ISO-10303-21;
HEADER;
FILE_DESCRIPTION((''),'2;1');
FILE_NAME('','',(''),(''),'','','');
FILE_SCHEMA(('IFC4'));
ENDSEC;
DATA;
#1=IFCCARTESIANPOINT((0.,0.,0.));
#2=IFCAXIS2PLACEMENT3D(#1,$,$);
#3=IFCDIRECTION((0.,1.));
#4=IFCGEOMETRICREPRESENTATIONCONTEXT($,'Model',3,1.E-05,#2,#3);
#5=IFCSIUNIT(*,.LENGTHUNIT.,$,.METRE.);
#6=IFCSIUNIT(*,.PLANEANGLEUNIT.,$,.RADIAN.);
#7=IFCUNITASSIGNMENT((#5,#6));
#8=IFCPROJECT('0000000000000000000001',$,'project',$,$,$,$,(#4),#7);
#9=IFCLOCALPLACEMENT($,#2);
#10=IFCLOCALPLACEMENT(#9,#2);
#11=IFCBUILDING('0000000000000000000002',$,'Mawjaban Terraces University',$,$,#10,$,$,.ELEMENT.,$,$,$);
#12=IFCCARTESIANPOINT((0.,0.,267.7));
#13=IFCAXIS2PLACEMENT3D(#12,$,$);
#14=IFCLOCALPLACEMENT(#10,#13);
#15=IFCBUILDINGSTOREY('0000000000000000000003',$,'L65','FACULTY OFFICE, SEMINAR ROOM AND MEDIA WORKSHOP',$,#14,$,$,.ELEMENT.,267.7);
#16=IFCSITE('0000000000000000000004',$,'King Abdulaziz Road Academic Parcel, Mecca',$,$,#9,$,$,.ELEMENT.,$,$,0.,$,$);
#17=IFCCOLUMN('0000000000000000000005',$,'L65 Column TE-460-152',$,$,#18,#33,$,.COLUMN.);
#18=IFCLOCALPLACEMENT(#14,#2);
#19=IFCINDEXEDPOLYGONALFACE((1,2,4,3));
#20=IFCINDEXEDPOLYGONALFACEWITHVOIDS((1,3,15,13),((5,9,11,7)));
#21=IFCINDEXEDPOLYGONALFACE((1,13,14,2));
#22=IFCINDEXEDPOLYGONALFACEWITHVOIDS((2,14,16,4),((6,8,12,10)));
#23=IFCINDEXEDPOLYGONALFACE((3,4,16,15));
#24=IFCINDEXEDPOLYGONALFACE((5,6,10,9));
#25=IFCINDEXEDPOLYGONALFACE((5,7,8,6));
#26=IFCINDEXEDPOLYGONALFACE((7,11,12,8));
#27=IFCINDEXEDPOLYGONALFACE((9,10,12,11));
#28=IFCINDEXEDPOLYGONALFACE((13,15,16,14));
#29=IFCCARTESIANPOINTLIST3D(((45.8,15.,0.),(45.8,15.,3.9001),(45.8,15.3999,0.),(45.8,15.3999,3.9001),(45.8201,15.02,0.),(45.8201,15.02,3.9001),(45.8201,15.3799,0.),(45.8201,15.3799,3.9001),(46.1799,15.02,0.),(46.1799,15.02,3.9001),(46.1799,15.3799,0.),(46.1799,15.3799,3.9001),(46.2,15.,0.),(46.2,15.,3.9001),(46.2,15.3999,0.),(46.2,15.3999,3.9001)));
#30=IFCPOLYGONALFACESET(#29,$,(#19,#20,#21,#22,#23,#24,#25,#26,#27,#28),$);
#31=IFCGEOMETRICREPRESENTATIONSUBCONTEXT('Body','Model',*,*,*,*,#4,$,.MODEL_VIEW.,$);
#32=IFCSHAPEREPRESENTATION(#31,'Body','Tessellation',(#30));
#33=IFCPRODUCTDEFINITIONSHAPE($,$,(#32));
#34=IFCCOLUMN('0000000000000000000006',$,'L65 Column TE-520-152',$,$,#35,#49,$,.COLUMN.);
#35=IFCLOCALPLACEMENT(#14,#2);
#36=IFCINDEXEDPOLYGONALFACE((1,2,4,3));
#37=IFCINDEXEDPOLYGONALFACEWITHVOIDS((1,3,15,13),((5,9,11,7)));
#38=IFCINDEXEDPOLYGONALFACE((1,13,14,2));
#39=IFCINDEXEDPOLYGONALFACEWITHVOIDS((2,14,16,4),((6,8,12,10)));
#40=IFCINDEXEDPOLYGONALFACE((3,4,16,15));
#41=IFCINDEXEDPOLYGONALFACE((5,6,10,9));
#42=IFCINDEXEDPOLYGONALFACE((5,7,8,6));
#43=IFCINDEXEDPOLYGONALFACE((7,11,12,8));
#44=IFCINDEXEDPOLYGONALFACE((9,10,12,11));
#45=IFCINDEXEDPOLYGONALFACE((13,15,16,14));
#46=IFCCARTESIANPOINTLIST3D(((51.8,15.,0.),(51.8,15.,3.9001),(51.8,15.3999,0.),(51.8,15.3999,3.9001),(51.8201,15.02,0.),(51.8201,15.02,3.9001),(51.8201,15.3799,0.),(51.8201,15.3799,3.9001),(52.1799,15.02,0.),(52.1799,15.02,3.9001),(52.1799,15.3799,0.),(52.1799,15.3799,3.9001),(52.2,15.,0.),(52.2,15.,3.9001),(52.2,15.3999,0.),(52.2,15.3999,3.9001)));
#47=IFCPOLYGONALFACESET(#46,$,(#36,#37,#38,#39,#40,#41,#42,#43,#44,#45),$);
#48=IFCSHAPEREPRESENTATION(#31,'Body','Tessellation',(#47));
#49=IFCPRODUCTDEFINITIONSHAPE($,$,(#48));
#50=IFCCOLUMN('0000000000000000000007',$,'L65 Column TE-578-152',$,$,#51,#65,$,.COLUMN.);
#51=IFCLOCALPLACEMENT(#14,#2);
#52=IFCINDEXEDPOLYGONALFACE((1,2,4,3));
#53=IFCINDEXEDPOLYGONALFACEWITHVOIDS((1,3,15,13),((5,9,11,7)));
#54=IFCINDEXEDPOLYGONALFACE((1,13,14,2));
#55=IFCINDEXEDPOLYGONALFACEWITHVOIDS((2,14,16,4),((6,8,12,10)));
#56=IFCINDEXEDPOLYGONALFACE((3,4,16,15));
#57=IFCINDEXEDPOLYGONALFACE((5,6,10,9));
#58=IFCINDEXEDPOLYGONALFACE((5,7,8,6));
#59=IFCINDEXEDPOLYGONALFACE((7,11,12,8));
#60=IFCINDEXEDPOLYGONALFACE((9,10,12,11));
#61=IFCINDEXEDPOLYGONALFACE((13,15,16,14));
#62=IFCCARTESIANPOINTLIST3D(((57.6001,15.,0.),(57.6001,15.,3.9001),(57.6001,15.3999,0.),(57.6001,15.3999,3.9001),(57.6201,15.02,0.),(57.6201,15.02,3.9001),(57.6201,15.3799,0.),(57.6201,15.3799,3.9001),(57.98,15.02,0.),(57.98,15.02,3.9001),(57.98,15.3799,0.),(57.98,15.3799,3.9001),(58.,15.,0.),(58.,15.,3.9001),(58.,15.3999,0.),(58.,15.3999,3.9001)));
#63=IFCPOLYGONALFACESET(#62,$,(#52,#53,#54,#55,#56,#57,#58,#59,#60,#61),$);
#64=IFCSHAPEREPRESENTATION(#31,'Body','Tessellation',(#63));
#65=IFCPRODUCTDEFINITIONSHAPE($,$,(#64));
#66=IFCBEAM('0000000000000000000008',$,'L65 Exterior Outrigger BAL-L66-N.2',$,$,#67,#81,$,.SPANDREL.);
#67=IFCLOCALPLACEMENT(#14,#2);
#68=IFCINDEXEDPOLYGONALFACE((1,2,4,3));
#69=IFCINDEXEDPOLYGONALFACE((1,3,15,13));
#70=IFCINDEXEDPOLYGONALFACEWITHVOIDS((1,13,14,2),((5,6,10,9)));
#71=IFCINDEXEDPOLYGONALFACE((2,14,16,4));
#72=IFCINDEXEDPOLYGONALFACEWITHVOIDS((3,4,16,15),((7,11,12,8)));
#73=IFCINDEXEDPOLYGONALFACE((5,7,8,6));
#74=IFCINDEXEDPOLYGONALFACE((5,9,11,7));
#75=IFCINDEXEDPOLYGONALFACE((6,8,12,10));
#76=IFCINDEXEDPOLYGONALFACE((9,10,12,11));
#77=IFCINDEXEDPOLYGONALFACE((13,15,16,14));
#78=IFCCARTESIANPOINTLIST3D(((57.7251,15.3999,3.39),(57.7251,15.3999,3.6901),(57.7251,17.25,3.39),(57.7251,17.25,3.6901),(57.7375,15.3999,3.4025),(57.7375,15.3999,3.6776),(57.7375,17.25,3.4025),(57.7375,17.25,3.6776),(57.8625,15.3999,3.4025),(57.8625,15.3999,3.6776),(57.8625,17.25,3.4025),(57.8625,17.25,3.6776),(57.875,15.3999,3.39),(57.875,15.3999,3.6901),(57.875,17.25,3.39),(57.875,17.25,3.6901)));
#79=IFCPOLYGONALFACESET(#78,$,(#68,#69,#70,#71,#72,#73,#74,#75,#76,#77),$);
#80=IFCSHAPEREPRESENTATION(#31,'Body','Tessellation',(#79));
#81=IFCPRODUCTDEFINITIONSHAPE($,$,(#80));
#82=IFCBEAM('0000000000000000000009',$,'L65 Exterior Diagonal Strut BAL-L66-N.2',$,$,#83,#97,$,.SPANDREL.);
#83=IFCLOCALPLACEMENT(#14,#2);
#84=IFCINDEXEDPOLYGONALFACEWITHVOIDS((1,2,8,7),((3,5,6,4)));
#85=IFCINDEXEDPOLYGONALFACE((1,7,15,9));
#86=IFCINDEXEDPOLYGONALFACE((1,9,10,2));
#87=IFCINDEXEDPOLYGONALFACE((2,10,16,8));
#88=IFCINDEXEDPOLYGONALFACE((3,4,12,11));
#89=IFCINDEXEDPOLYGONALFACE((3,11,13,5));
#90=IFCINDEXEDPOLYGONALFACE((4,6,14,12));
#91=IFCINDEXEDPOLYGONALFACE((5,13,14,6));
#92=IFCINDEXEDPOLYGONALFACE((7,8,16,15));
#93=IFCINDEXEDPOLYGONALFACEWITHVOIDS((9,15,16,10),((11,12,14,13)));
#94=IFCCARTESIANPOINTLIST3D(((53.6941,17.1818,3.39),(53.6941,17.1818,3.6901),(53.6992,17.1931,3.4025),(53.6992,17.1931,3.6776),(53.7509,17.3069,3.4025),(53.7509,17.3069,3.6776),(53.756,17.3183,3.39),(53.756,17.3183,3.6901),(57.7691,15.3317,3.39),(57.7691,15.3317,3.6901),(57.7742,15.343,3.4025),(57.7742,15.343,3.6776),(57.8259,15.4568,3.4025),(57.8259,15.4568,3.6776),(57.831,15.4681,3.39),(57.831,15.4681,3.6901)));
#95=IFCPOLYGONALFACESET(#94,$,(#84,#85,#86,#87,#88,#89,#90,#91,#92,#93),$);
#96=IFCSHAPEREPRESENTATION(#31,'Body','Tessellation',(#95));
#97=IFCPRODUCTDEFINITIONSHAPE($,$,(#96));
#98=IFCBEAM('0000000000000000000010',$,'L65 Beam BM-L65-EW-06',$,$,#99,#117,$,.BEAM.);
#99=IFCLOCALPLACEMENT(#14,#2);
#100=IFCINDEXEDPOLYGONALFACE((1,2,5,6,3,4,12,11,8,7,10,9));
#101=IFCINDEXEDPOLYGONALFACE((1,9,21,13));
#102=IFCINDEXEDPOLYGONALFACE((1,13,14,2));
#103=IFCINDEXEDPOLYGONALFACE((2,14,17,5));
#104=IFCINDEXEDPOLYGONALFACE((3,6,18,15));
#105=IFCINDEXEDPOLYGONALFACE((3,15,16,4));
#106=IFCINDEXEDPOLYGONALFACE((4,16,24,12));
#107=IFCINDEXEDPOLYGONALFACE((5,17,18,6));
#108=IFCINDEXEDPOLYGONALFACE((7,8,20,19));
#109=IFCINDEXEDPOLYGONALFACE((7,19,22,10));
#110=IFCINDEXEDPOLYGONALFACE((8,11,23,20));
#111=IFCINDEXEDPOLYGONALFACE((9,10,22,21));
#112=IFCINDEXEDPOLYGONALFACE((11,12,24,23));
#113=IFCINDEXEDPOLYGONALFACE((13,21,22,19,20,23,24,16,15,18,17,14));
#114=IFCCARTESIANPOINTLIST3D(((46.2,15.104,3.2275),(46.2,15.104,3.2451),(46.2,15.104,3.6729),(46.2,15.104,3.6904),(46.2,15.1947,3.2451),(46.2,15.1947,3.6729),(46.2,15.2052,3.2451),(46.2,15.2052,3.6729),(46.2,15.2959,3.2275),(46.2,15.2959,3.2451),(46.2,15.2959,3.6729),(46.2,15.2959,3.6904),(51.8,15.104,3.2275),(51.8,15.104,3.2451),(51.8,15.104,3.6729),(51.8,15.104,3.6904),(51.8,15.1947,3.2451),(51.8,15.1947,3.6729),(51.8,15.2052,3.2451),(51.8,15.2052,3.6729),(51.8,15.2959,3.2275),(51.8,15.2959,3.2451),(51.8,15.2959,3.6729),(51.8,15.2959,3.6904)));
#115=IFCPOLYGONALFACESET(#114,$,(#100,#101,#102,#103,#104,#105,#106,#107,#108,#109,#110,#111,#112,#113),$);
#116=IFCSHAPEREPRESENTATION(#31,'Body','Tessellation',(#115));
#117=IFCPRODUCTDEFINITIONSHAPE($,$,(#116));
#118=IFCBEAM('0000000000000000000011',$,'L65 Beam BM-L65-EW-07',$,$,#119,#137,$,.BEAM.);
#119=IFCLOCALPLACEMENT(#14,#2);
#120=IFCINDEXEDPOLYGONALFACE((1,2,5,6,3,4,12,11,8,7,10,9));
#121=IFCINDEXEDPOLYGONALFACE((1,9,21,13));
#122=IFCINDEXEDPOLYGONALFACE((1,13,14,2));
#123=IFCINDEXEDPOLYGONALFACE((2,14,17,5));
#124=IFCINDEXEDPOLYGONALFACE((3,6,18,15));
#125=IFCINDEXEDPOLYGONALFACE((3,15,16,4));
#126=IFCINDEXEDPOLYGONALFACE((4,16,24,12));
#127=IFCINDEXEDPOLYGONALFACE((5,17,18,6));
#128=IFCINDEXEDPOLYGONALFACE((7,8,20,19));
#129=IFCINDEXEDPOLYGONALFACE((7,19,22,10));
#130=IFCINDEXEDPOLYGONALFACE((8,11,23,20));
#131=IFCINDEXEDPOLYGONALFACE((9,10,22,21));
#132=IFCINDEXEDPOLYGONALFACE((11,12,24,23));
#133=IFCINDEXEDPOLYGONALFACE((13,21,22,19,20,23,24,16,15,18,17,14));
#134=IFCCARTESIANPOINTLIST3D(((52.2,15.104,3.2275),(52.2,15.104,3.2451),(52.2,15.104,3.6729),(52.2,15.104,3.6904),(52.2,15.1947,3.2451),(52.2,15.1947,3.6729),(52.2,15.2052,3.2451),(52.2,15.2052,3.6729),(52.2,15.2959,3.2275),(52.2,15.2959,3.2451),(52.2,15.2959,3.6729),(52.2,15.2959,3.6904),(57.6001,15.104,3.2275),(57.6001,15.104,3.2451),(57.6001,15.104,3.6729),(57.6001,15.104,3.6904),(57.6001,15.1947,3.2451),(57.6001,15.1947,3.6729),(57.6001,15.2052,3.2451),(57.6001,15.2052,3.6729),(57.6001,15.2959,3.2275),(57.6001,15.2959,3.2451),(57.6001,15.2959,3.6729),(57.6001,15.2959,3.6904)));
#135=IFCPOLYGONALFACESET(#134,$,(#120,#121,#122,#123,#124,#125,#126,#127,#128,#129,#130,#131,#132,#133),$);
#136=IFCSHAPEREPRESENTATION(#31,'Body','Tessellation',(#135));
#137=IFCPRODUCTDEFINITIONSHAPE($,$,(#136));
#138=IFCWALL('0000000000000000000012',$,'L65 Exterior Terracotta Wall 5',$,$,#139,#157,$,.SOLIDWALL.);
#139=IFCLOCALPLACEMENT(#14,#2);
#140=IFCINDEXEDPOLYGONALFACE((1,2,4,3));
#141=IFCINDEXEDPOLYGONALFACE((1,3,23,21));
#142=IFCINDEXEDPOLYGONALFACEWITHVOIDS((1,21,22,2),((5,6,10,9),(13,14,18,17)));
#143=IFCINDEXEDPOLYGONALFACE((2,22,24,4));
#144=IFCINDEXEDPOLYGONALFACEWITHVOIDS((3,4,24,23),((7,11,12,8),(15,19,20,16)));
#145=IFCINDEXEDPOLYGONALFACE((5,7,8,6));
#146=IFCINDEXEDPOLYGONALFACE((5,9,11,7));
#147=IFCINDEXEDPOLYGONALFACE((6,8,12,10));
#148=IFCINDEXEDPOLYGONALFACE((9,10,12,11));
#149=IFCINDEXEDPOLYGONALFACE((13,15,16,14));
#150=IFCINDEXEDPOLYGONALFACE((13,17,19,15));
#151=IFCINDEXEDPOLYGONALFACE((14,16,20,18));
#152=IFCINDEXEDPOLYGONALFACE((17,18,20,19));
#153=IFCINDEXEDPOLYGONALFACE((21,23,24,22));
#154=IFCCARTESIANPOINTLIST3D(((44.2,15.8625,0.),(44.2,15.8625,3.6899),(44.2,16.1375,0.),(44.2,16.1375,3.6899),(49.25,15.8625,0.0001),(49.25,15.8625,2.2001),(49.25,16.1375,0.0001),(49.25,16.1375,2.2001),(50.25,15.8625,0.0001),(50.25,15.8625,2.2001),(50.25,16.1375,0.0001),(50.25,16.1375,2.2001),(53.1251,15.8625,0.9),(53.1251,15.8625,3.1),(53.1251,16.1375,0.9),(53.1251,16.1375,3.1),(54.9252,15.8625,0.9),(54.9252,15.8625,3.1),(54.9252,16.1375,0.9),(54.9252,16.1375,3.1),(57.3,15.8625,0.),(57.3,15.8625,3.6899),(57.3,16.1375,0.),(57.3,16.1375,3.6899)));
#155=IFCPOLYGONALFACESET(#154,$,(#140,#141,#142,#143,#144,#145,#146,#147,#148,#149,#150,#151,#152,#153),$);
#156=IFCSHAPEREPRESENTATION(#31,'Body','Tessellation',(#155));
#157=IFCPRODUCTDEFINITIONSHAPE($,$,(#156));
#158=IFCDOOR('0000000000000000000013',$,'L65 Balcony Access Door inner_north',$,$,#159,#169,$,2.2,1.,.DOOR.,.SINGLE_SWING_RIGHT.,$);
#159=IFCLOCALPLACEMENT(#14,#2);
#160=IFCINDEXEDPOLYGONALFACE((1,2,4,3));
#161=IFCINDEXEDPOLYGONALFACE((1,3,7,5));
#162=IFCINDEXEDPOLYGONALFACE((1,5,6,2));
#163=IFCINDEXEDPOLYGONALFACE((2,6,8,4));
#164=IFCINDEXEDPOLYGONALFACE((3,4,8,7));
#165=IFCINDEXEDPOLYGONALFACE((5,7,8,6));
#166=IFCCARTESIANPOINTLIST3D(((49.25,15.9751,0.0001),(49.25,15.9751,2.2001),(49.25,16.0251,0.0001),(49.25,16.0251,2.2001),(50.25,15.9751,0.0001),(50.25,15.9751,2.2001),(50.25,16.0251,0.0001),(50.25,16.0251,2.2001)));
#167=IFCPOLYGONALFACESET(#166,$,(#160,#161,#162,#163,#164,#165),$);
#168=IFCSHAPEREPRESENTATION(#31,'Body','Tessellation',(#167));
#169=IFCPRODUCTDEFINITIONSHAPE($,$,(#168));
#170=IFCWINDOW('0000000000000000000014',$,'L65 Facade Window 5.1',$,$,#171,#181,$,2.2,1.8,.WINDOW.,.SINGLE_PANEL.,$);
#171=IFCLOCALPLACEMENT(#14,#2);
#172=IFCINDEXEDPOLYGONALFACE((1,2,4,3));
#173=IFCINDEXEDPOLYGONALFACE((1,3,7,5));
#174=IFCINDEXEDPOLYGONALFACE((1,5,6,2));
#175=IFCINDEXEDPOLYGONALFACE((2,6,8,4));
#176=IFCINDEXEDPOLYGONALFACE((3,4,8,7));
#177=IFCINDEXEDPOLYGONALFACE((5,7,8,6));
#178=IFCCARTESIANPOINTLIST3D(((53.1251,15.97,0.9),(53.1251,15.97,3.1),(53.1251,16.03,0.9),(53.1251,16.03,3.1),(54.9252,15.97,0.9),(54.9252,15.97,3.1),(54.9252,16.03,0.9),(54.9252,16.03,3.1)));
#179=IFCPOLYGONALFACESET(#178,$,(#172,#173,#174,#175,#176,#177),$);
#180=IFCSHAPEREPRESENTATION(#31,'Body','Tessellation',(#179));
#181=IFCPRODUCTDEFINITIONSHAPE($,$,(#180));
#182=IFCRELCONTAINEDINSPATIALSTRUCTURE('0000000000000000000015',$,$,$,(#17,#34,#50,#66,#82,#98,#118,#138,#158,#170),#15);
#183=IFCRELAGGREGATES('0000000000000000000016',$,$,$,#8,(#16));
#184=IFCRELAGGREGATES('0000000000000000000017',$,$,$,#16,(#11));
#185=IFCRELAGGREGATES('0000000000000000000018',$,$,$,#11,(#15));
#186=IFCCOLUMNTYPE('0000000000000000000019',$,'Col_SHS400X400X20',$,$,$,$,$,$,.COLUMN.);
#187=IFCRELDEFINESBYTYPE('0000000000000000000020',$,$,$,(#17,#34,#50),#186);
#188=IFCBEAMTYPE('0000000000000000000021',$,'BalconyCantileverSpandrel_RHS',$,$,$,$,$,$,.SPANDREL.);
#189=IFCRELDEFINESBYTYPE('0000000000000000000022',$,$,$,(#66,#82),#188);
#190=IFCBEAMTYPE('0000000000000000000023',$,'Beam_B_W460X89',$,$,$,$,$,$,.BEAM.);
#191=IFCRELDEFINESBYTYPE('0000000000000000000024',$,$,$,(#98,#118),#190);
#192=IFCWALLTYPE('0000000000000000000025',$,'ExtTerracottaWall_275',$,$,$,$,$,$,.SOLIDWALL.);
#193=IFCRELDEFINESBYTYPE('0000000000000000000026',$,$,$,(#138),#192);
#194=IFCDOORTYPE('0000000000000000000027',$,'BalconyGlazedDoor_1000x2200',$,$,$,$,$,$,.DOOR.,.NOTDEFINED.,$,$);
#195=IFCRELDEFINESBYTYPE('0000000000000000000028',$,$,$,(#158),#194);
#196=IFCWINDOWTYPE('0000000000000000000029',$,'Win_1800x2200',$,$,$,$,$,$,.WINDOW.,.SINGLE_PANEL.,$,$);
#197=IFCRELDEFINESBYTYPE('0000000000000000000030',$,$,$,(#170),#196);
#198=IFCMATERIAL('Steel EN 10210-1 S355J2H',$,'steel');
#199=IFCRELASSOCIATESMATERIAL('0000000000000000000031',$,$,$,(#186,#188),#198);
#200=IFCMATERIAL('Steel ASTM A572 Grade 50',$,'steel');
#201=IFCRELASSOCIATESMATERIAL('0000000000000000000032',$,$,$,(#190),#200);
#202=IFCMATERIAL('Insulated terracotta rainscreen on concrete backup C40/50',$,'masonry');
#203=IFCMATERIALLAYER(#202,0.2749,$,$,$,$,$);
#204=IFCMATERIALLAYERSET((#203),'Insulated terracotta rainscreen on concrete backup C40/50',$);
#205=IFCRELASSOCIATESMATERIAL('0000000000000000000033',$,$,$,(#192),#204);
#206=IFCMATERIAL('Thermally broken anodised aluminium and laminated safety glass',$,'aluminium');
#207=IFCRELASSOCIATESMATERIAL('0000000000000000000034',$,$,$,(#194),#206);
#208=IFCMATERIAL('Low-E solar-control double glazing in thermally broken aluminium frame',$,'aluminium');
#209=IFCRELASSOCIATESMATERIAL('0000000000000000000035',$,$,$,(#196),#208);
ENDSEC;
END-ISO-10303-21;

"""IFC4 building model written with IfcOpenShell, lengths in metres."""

from ifc_helpers import new_model, si_unit, direction, frame, frame_2d, origin, origin_2d, place, context, subcontext, project, spatial, rectangle, hollow_rectangle, i_section, extrude, material, layer, layer_set, material_profile, profile_set, type_object, element, fill, save


model = new_model("IFC4")

# Units and contexts
model_context = context("Model", 3, precision=1e-05, world=origin(), true_north=direction((0.0, 1.0)))
body_context = subcontext(model_context, "Body", "Model", "MODEL_VIEW")
ifc_project = project(units=[si_unit("LENGTHUNIT", "METRE"), si_unit("PLANEANGLEUNIT", "RADIAN")], contexts=[model_context])

# Site, building, storey
site_placement = place(None, origin())
site = spatial("IfcSite", under=ifc_project, at=site_placement, Name="King Abdulaziz Road Academic Parcel, Mecca", CompositionType="ELEMENT", RefElevation=0.0)
building_placement = place(site_placement, origin())
building = spatial("IfcBuilding", under=site, at=building_placement, Name="Mawjaban Terraces University", CompositionType="ELEMENT")
storey_placement = place(building_placement, frame((0.0, 0.0, 267.7)))
storey = spatial("IfcBuildingStorey", under=building, at=storey_placement, Name="L65", Description="FACULTY OFFICE, SEMINAR ROOM AND MEDIA WORKSHOP", CompositionType="ELEMENT", Elevation=267.7)

# Columns
ifc_material_1 = material(Name="Steel EN 10210-1 S355J2H", Category="steel")
ifc_material_profile_1 = material_profile(ifc_material_1, hollow_rectangle(XDim=0.3999, YDim=0.3999, WallThickness=0.02, at=origin_2d()), Name="SHS400X400X20")
ifc_profile_set_1 = profile_set([ifc_material_profile_1], Name="Steel EN 10210-1 S355J2H")
column_type = type_object("IfcColumnType", Name="Col_SHS400X400X20", PredefinedType="COLUMN", material=ifc_profile_set_1)
for number, where, z_axis, x_axis, name in (
    (1, (46.0, 15.2, 0.0), (0.0, 0.0, 1.0), (1.0, 0.0, 0.0), "L65 Column TE-460-152"),
    (2, (52.0, 15.2, 0.0), (0.0, 0.0, 1.0), (1.0, 0.0, 0.0), "L65 Column TE-520-152"),
    (3, (57.8, 15.2, 0.0), (0.0, 0.0, 1.0), (1.0, 0.0, 0.0), "L65 Column TE-578-152"),
):
    element("IfcColumn", number, at=place(storey_placement, frame(where, z_axis=z_axis, x_axis=x_axis)), inside=storey, type_object=column_type, Name=name, PredefinedType="COLUMN", context=body_context, shape_type="SweptSolid", body=[
        extrude(hollow_rectangle(XDim=0.3999, YDim=0.3999, WallThickness=0.02, at=origin_2d()), origin(), (0.0, 0.0, 1.0), 3.9001),
    ])

# Beams
ifc_material_profile_2 = material_profile(ifc_material_1, hollow_rectangle(XDim=0.1499, YDim=0.3, WallThickness=0.0125, at=origin_2d()), Name="RHS300X150X12.5")
ifc_profile_set_2 = profile_set([ifc_material_profile_2], Name="Steel EN 10210-1 S355J2H")
beam_type_1 = type_object("IfcBeamType", Name="BalconyCantileverSpandrel_RHS", PredefinedType="SPANDREL", material=ifc_profile_set_2)
beam_1_placement = place(storey_placement, frame((57.8, 15.3999, 3.54), z_axis=(0.0, 1.0, 0.0), x_axis=(-1.0, 0.0, 0.0)))
element("IfcBeam", 4, at=beam_1_placement, inside=storey, type_object=beam_type_1, Name="L65 Exterior Outrigger BAL-L66-N.2", PredefinedType="SPANDREL", context=body_context, shape_type="SweptSolid", body=[
    extrude(hollow_rectangle(XDim=0.1499, YDim=0.3, WallThickness=0.0125, at=origin_2d()), origin(), (0.0, 0.0, 1.0), 1.8501),
])
beam_2_placement = place(storey_placement, frame((57.8, 15.3999, 3.54), z_axis=(-0.910548, 0.413404, 0.0), x_axis=(-0.413404, -0.910548, 0.0)))
element("IfcBeam", 5, at=beam_2_placement, inside=storey, type_object=beam_type_1, Name="L65 Exterior Diagonal Strut BAL-L66-N.2", PredefinedType="SPANDREL", context=body_context, shape_type="SweptSolid", body=[
    extrude(hollow_rectangle(XDim=0.1499, YDim=0.3, WallThickness=0.0125, at=origin_2d()), origin(), (0.0, 0.0, 1.0), 4.4753),
])
ifc_material_2 = material(Name="Steel ASTM A572 Grade 50", Category="steel")
ifc_material_profile_3 = material_profile(ifc_material_2, i_section(OverallWidth=0.1919, OverallDepth=0.4629, WebThickness=0.0105, FlangeThickness=0.0176, at=origin_2d()), Name="W460X89")
ifc_profile_set_3 = profile_set([ifc_material_profile_3], Name="Steel ASTM A572 Grade 50")
beam_type_2 = type_object("IfcBeamType", Name="Beam_B_W460X89", PredefinedType="BEAM", material=ifc_profile_set_3)
beam_3_placement = place(storey_placement, frame((46.2, 15.2, 3.459), z_axis=(1.0, 0.0, 0.0), x_axis=(0.0, 1.0, 0.0)))
element("IfcBeam", 6, at=beam_3_placement, inside=storey, type_object=beam_type_2, Name="L65 Beam BM-L65-EW-06", PredefinedType="BEAM", context=body_context, shape_type="SweptSolid", body=[
    extrude(i_section(OverallWidth=0.1919, OverallDepth=0.4629, WebThickness=0.0105, FlangeThickness=0.0176, at=origin_2d()), origin(), (0.0, 0.0, 1.0), 5.6001),
])
beam_4_placement = place(storey_placement, frame((52.2, 15.2, 3.459), z_axis=(1.0, 0.0, 0.0), x_axis=(0.0, 1.0, 0.0)))
element("IfcBeam", 7, at=beam_4_placement, inside=storey, type_object=beam_type_2, Name="L65 Beam BM-L65-EW-07", PredefinedType="BEAM", context=body_context, shape_type="SweptSolid", body=[
    extrude(i_section(OverallWidth=0.1919, OverallDepth=0.4629, WebThickness=0.0105, FlangeThickness=0.0176, at=origin_2d()), origin(), (0.0, 0.0, 1.0), 5.4001),
])

# Wall, openings, door, window
ifc_material_3 = material(Name="Insulated terracotta rainscreen on concrete backup C40/50", Category="masonry")
ifc_layer_1 = layer(ifc_material_3, 0.2749)
ifc_layer_set_1 = layer_set([ifc_layer_1], Name="Insulated terracotta rainscreen on concrete backup C40/50")
wall_type = type_object("IfcWallType", Name="ExtTerracottaWall_275", PredefinedType="SOLIDWALL", material=ifc_layer_set_1)
wall_1_placement = place(storey_placement, frame((57.3, 16.0, 0.0), z_axis=(0.0, 0.0, 1.0), x_axis=(-1.0, 0.0, 0.0)))
wall_1 = element("IfcWall", 8, at=wall_1_placement, inside=storey, type_object=wall_type, Name="L65 Exterior Terracotta Wall 5", PredefinedType="SOLIDWALL", context=body_context, shape_type="SweptSolid", body=[
    extrude(rectangle(XDim=13.1001, YDim=0.2749, at=frame_2d((6.55, 0.0))), origin(), (0.0, 0.0, 1.0), 3.6899),
])
opening_1_placement = place(wall_1_placement, frame((7.05, 0.0, 0.0)))
opening_1 = element("IfcOpeningElement", 9, at=opening_1_placement, cuts=wall_1, PredefinedType="OPENING", context=body_context, shape_type="SweptSolid", body=[
    extrude(rectangle(XDim=1.0, YDim=2.2, at=frame_2d((0.5, 1.1001))), frame((0.0, 0.1475, 0.0), z_axis=(0.0, -1.0, 0.0), x_axis=(1.0, 0.0, 0.0)), (0.0, 0.0, 1.0), 0.2949),
])
opening_2_placement = place(wall_1_placement, frame((2.375, 0.0, 0.8999)))
opening_2 = element("IfcOpeningElement", 10, at=opening_2_placement, cuts=wall_1, PredefinedType="OPENING", context=body_context, shape_type="SweptSolid", body=[
    extrude(rectangle(XDim=1.8, YDim=2.2, at=frame_2d((0.8999, 1.1001))), frame((0.0, 0.1475, 0.0), z_axis=(0.0, -1.0, 0.0), x_axis=(1.0, 0.0, 0.0)), (0.0, 0.0, 1.0), 0.2949),
])
ifc_material_4 = material(Name="Thermally broken anodised aluminium and laminated safety glass", Category="aluminium")
door_type = type_object("IfcDoorType", Name="BalconyGlazedDoor_1000x2200", OperationType="NOTDEFINED", PredefinedType="DOOR", material=ifc_material_4)
door_placement = place(opening_1_placement, origin())
door = element("IfcDoor", 11, at=door_placement, inside=storey, type_object=door_type, Name="L65 Balcony Access Door inner_north", OperationType="SINGLE_SWING_RIGHT", OverallHeight=2.2, OverallWidth=1.0, PredefinedType="DOOR", context=body_context, shape_type="SweptSolid", body=[
    extrude(rectangle(XDim=1.0, YDim=2.2, at=frame_2d((0.5, 1.1001))), frame((0.0, 0.0249, 0.0), z_axis=(0.0, -1.0, 0.0), x_axis=(1.0, 0.0, 0.0)), (0.0, 0.0, 1.0), 0.05),
])
fill(opening_1, door)
ifc_material_5 = material(Name="Low-E solar-control double glazing in thermally broken aluminium frame", Category="aluminium")
window_type_1 = type_object("IfcWindowType", Name="Win_1800x2200", PartitioningType="SINGLE_PANEL", PredefinedType="WINDOW", material=ifc_material_5)
window_1_placement = place(opening_2_placement, origin())
window_1 = element("IfcWindow", 12, at=window_1_placement, inside=storey, type_object=window_type_1, Name="L65 Facade Window 5.1", OverallHeight=2.2, OverallWidth=1.8, PartitioningType="SINGLE_PANEL", PredefinedType="WINDOW", context=body_context, shape_type="SweptSolid", body=[
    extrude(rectangle(XDim=1.8, YDim=2.2, at=frame_2d((0.8999, 1.1001))), frame((0.0, 0.03, 0.0), z_axis=(0.0, -1.0, 0.0), x_axis=(1.0, 0.0, 0.0)), (0.0, 0.0, 1.0), 0.0601),
])
fill(opening_2, window_1)

save(model, "model.ifc")
